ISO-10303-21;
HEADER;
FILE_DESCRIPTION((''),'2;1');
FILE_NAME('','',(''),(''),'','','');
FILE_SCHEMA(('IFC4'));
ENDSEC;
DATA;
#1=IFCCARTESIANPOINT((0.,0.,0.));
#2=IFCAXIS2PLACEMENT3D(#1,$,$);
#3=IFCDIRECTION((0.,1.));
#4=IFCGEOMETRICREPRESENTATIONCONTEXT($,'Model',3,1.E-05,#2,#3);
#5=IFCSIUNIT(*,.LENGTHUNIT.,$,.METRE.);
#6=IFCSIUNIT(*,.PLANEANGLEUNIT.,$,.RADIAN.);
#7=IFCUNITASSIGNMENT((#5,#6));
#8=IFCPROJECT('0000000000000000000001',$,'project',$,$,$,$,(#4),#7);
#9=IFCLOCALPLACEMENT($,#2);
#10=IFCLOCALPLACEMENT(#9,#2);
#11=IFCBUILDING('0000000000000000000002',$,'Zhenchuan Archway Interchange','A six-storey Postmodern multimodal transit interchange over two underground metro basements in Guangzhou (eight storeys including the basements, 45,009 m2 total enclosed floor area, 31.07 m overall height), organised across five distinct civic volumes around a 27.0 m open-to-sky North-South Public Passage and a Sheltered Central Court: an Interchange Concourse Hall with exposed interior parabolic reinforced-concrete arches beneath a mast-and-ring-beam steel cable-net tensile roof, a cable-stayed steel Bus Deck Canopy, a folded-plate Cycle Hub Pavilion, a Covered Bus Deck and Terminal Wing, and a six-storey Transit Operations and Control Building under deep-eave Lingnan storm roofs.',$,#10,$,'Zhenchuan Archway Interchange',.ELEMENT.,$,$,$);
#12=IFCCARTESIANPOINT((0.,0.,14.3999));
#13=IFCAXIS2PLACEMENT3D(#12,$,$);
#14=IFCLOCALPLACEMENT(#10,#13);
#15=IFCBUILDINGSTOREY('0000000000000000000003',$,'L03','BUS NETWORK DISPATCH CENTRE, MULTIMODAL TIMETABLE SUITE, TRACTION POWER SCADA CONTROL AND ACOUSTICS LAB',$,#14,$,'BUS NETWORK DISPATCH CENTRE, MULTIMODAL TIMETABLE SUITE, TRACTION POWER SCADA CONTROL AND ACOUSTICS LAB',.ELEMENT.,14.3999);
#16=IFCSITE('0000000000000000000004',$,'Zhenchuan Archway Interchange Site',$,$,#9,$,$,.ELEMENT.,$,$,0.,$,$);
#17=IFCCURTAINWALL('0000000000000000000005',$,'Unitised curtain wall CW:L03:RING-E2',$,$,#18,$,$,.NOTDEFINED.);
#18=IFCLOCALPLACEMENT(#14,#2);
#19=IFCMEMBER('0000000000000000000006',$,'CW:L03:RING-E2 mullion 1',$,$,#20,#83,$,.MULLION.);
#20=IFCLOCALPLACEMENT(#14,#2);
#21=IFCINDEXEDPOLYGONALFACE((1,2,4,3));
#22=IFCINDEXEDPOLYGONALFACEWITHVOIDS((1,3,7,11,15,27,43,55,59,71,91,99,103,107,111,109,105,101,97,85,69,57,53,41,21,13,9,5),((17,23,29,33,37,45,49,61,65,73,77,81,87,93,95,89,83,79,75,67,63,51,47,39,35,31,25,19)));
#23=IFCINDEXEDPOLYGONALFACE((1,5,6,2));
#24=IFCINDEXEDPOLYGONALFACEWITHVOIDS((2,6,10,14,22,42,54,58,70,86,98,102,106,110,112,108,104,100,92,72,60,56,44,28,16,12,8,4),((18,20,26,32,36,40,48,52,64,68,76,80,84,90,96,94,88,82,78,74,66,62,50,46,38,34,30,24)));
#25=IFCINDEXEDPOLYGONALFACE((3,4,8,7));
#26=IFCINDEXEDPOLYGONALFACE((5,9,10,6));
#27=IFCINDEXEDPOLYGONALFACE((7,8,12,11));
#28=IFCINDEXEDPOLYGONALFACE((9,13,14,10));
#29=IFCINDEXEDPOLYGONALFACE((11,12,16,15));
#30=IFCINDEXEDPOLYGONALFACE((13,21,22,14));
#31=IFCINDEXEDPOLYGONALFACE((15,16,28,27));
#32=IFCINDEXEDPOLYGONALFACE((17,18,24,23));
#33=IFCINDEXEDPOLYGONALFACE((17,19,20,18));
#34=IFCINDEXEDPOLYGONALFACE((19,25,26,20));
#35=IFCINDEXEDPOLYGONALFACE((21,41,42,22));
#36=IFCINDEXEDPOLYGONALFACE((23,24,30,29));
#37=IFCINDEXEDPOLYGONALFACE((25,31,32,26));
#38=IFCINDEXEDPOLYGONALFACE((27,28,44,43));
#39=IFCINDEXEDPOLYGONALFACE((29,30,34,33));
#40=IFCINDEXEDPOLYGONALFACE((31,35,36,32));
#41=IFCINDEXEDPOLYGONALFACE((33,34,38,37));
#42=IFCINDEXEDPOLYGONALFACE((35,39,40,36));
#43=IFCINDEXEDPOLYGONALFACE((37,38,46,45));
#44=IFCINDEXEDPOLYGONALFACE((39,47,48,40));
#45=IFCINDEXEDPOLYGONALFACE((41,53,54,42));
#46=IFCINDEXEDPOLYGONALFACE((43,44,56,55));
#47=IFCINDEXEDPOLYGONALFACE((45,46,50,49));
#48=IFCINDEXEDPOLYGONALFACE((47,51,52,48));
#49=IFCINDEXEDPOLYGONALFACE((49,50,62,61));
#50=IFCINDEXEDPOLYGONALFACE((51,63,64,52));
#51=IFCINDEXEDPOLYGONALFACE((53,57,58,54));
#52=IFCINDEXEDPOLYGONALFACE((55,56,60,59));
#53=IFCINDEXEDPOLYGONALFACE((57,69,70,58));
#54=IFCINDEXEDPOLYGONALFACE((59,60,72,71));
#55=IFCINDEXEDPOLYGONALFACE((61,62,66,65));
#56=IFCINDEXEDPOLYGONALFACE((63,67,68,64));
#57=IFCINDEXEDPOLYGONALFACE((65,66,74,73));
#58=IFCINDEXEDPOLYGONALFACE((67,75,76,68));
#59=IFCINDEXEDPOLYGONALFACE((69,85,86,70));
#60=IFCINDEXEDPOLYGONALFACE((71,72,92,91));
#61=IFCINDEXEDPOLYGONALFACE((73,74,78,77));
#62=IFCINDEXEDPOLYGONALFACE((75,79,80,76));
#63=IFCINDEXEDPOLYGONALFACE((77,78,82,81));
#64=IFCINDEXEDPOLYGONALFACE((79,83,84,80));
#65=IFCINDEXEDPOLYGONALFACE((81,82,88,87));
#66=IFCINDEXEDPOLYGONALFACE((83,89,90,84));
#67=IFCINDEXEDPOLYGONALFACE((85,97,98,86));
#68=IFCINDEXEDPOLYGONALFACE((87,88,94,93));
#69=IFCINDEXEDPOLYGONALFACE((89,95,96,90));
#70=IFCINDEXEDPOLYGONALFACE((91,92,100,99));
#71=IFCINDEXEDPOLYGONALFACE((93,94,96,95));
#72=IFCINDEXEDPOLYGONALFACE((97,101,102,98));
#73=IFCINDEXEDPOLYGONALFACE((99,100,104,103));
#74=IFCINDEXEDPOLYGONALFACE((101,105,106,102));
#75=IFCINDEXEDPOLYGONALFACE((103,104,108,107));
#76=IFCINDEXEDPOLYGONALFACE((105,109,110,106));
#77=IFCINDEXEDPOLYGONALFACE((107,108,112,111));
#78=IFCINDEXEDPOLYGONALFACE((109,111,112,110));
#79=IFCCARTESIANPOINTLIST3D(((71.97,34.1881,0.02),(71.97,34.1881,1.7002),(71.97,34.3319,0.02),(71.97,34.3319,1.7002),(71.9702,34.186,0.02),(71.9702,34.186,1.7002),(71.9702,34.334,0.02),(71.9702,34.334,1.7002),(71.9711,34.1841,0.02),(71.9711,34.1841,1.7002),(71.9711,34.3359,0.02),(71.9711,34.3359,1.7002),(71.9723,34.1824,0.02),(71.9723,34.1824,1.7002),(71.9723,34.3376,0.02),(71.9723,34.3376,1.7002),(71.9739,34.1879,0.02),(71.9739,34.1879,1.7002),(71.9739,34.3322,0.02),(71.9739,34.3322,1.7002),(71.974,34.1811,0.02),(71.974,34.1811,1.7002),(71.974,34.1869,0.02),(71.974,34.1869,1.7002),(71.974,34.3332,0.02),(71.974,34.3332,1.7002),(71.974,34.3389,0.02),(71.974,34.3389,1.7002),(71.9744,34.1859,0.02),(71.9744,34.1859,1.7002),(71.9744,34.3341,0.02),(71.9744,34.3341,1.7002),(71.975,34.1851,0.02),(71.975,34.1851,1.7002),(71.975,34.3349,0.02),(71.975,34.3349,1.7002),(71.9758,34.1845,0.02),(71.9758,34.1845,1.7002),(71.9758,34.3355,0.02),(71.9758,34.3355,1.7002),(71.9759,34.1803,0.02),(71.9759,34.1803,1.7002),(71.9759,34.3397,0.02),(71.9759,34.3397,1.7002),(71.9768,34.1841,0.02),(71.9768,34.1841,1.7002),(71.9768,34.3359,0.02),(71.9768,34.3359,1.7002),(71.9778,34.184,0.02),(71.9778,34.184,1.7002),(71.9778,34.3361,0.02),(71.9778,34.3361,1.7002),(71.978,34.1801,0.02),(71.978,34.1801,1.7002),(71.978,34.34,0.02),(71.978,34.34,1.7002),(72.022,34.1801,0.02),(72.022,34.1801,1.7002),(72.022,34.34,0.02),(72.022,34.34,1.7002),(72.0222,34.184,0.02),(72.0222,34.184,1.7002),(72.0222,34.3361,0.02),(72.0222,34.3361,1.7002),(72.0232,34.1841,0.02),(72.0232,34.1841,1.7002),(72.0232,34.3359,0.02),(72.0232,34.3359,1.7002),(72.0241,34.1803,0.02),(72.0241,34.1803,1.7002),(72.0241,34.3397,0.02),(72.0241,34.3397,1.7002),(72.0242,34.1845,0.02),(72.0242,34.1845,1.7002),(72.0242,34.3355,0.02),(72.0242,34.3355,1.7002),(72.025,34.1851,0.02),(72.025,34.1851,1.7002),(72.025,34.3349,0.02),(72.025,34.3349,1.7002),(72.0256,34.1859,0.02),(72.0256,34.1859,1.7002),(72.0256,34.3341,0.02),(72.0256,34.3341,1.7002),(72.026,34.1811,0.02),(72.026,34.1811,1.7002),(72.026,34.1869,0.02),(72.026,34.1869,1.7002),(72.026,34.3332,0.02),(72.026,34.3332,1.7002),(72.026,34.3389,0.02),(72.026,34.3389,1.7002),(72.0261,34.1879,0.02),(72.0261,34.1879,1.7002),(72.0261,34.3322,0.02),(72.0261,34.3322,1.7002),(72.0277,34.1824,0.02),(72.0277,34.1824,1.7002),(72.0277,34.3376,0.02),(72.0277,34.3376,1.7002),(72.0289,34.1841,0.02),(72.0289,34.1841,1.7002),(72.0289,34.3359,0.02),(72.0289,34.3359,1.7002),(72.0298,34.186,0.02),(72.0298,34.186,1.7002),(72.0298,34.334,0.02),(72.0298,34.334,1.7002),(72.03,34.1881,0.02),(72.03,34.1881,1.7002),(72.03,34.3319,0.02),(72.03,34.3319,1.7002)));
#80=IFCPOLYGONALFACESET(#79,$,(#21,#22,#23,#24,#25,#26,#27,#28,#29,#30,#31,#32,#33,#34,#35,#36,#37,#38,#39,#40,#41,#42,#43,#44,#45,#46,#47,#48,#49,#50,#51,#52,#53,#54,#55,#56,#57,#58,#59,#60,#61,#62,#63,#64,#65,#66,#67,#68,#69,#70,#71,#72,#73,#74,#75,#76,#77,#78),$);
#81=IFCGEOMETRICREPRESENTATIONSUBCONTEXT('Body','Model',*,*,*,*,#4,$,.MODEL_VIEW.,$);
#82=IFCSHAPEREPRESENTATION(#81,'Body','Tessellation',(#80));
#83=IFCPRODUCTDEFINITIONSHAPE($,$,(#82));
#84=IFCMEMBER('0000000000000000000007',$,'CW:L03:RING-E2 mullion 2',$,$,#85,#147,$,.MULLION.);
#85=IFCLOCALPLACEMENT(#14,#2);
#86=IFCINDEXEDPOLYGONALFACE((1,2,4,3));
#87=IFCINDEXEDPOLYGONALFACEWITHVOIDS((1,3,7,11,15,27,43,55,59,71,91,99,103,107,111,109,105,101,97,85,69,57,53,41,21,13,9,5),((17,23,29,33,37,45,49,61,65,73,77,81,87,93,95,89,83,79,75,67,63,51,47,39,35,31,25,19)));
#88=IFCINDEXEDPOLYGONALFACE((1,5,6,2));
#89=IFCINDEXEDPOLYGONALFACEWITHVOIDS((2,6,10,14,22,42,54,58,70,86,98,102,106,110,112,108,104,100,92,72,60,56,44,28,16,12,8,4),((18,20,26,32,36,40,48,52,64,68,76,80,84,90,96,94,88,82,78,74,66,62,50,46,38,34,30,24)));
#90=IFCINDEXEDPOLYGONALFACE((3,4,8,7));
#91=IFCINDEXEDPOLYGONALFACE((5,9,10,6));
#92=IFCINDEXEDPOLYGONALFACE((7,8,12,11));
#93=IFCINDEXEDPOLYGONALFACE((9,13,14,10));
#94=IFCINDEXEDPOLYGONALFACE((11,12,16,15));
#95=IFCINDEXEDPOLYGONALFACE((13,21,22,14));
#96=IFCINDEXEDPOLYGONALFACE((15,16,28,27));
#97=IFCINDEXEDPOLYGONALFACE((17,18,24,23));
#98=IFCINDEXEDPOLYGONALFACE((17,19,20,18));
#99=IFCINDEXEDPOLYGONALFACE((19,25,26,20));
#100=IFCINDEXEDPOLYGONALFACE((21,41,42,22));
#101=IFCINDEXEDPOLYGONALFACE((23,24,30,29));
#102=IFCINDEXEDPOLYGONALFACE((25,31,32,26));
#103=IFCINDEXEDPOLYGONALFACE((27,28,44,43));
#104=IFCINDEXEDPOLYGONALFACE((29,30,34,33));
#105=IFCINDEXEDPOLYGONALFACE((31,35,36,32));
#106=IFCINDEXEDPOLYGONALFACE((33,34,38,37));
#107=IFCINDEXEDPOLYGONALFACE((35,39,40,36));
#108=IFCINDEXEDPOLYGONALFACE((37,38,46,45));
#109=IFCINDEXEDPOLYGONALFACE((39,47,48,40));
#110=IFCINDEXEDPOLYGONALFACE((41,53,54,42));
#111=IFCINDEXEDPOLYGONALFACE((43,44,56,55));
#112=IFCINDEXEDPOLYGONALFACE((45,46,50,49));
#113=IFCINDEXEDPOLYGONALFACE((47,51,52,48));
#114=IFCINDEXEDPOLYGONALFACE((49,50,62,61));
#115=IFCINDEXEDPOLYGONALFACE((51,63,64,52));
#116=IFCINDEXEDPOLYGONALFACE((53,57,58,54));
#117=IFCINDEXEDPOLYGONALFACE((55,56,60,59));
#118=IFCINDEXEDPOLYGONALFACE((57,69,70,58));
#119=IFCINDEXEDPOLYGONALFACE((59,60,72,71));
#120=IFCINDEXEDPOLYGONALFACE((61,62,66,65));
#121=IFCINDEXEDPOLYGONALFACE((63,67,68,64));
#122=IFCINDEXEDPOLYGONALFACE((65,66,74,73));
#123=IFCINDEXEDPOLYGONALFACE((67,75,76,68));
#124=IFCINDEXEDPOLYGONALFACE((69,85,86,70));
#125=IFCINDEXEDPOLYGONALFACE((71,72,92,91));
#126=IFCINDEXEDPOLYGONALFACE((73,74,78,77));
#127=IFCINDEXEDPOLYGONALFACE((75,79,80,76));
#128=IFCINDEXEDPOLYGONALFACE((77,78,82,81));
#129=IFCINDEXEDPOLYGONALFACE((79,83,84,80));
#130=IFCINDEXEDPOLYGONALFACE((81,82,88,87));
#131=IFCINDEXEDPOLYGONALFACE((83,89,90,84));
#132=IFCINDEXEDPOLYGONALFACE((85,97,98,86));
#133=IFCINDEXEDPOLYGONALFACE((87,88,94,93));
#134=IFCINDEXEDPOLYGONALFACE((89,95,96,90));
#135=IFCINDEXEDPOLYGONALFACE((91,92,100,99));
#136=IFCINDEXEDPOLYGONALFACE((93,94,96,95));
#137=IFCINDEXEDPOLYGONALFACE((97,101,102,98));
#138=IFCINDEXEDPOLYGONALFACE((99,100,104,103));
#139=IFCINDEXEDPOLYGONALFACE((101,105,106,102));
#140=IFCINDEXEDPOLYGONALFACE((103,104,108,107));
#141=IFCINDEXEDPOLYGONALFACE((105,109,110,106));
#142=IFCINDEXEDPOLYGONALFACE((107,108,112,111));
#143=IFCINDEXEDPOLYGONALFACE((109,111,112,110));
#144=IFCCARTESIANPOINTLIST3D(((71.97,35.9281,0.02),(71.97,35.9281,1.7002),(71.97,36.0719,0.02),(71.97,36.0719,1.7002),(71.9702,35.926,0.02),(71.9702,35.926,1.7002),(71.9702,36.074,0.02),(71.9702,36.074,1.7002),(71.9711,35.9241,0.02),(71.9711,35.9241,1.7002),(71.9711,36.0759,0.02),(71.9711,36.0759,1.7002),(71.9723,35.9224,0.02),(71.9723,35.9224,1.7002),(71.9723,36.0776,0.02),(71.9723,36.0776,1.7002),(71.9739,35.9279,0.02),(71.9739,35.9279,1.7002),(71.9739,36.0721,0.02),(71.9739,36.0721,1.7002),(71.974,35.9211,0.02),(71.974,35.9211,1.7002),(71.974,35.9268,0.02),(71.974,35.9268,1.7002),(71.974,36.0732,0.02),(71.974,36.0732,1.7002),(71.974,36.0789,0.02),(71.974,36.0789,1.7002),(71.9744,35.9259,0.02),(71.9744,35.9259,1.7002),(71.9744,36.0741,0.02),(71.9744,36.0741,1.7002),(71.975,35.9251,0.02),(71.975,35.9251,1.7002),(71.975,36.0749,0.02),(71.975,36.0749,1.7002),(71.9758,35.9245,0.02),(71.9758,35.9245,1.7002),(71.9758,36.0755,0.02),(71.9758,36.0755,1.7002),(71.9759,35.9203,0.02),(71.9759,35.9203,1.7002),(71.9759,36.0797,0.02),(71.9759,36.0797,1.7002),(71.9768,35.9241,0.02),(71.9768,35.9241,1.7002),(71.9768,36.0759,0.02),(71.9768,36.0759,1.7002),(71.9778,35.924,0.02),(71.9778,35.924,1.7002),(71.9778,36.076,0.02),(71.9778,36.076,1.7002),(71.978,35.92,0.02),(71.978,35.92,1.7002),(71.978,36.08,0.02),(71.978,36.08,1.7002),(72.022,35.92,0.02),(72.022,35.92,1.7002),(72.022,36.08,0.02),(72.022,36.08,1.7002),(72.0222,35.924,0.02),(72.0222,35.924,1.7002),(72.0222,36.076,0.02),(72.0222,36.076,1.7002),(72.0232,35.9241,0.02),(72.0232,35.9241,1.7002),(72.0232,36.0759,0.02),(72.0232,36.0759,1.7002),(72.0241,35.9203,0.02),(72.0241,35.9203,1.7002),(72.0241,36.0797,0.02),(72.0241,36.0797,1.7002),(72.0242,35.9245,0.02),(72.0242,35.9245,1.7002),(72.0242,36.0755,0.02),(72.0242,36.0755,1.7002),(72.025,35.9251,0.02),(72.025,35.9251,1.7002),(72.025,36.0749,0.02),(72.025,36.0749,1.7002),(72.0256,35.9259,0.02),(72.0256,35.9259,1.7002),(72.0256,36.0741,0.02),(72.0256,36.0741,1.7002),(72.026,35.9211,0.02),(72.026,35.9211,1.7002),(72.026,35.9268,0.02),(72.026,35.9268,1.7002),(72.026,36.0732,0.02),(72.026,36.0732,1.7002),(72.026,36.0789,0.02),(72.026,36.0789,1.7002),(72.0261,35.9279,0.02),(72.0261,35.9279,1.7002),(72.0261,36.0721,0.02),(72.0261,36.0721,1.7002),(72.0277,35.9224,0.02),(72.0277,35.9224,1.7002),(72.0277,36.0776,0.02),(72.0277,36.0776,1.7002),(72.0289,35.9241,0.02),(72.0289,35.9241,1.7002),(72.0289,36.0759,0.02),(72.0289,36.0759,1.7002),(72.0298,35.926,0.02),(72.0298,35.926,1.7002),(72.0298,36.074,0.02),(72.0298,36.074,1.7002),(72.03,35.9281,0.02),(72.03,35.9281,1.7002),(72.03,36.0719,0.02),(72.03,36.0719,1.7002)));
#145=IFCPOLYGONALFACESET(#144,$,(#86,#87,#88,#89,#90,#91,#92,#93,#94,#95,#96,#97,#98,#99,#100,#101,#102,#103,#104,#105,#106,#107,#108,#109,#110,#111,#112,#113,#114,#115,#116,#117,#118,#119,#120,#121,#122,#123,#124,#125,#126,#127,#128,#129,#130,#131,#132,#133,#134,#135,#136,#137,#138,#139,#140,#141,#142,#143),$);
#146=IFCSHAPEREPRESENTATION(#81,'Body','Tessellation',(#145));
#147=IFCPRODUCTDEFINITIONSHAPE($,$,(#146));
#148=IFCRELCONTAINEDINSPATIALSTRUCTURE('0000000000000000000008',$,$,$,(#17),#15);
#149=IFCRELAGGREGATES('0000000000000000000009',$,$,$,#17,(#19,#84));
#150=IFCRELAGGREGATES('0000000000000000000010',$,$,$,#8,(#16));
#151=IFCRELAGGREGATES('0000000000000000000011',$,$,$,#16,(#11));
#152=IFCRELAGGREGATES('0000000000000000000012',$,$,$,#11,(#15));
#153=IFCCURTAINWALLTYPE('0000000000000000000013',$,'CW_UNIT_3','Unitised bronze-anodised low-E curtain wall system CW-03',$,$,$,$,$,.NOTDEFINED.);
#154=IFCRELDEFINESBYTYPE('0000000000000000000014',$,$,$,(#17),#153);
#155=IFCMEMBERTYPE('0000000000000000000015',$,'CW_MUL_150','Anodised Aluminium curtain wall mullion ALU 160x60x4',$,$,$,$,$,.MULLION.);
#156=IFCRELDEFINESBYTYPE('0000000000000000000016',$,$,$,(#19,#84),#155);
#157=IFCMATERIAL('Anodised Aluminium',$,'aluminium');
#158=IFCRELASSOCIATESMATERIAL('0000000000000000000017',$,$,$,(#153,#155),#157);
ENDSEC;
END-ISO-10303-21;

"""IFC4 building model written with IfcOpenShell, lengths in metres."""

from ifc_helpers import new_model, si_unit, direction, frame, origin, origin_2d, place, context, subcontext, project, spatial, hollow_rectangle, extrude, material, material_profile, profile_set, type_object, element, aggregate, save


model = new_model("IFC4")

# Units and contexts
model_context = context("Model", 3, precision=1e-05, world=origin(), true_north=direction((0.0, 1.0)))
body_context = subcontext(model_context, "Body", "Model", "MODEL_VIEW")
ifc_project = project(units=[si_unit("LENGTHUNIT", "METRE"), si_unit("PLANEANGLEUNIT", "RADIAN")], contexts=[model_context])

# Site, building, storey
site_placement = place(None, origin())
site = spatial("IfcSite", under=ifc_project, at=site_placement, Name="Zhenchuan Archway Interchange Site", CompositionType="ELEMENT", RefElevation=0.0)
building_placement = place(site_placement, origin())
building = spatial("IfcBuilding", under=site, at=building_placement, Name="Zhenchuan Archway Interchange", Description="A six-storey Postmodern multimodal transit interchange over two underground metro basements in Guangzhou (eight storeys including the basements, 45,009 m2 total enclosed floor area, 31.07 m overall height), organised across five distinct civic volumes around a 27.0 m open-to-sky North-South Public Passage and a Sheltered Central Court: an Interchange Concourse Hall with exposed interior parabolic reinforced-concrete arches beneath a mast-and-ring-beam steel cable-net tensile roof, a cable-stayed steel Bus Deck Canopy, a folded-plate Cycle Hub Pavilion, a Covered Bus Deck and Terminal Wing, and a six-storey Transit Operations and Control Building under deep-eave Lingnan storm roofs.", LongName="Zhenchuan Archway Interchange", CompositionType="ELEMENT")
storey_placement = place(building_placement, frame((0.0, 0.0, 14.3999)))
storey = spatial("IfcBuildingStorey", under=building, at=storey_placement, Name="L03", Description="BUS NETWORK DISPATCH CENTRE, MULTIMODAL TIMETABLE SUITE, TRACTION POWER SCADA CONTROL AND ACOUSTICS LAB", LongName="BUS NETWORK DISPATCH CENTRE, MULTIMODAL TIMETABLE SUITE, TRACTION POWER SCADA CONTROL AND ACOUSTICS LAB", CompositionType="ELEMENT", Elevation=14.3999)

# Curtain wall, members
ifc_material_1 = material(Name="Anodised Aluminium", Category="aluminium")
curtain_wall_type = type_object("IfcCurtainWallType", Name="CW_UNIT_3", Description="Unitised bronze-anodised low-E curtain wall system CW-03", PredefinedType="NOTDEFINED", material=ifc_material_1)
ifc_material_profile_1 = material_profile(ifc_material_1, hollow_rectangle(XDim=0.0601, YDim=0.1599, WallThickness=0.0039, InnerFilletRadius=0.0039, OuterFilletRadius=0.0081, at=origin_2d()), Name="ALU 160x60x4")
ifc_profile_set_1 = profile_set([ifc_material_profile_1], Name="Anodised Aluminium")
member_type_1 = type_object("IfcMemberType", Name="CW_MUL_150", Description="Anodised Aluminium curtain wall mullion ALU 160x60x4", PredefinedType="MULLION", material=ifc_profile_set_1)
curtain_wall_1_placement = place(storey_placement, origin())
curtain_wall_1 = element("IfcCurtainWall", 1, at=curtain_wall_1_placement, inside=storey, type_object=curtain_wall_type, Name="Unitised curtain wall CW:L03:RING-E2", PredefinedType="NOTDEFINED")
member_1_placement = place(storey_placement, frame((72.0, 34.26, 0.02), z_axis=(0.0, 0.0, 1.0), x_axis=(1.0, 0.0, 0.0)))
member_1 = element("IfcMember", 2, at=member_1_placement, type_object=member_type_1, Name="CW:L03:RING-E2 mullion 1", PredefinedType="MULLION", context=body_context, shape_type="SweptSolid", body=[
    extrude(hollow_rectangle(XDim=0.0601, YDim=0.1599, WallThickness=0.0039, InnerFilletRadius=0.0039, OuterFilletRadius=0.0081, at=origin_2d()), origin(), (0.0, 0.0, 1.0), 1.6802),
])
member_2_placement = place(storey_placement, frame((72.0, 36.0, 0.02), z_axis=(0.0, 0.0, 1.0), x_axis=(1.0, 0.0, 0.0)))
member_2 = element("IfcMember", 3, at=member_2_placement, type_object=member_type_1, Name="CW:L03:RING-E2 mullion 2", PredefinedType="MULLION", context=body_context, shape_type="SweptSolid", body=[
    extrude(hollow_rectangle(XDim=0.0601, YDim=0.1599, WallThickness=0.0039, InnerFilletRadius=0.0039, OuterFilletRadius=0.0081, at=origin_2d()), origin(), (0.0, 0.0, 1.0), 1.6802),
])

aggregate(curtain_wall_1, [member_1, member_2])

save(model, "model.ifc")
